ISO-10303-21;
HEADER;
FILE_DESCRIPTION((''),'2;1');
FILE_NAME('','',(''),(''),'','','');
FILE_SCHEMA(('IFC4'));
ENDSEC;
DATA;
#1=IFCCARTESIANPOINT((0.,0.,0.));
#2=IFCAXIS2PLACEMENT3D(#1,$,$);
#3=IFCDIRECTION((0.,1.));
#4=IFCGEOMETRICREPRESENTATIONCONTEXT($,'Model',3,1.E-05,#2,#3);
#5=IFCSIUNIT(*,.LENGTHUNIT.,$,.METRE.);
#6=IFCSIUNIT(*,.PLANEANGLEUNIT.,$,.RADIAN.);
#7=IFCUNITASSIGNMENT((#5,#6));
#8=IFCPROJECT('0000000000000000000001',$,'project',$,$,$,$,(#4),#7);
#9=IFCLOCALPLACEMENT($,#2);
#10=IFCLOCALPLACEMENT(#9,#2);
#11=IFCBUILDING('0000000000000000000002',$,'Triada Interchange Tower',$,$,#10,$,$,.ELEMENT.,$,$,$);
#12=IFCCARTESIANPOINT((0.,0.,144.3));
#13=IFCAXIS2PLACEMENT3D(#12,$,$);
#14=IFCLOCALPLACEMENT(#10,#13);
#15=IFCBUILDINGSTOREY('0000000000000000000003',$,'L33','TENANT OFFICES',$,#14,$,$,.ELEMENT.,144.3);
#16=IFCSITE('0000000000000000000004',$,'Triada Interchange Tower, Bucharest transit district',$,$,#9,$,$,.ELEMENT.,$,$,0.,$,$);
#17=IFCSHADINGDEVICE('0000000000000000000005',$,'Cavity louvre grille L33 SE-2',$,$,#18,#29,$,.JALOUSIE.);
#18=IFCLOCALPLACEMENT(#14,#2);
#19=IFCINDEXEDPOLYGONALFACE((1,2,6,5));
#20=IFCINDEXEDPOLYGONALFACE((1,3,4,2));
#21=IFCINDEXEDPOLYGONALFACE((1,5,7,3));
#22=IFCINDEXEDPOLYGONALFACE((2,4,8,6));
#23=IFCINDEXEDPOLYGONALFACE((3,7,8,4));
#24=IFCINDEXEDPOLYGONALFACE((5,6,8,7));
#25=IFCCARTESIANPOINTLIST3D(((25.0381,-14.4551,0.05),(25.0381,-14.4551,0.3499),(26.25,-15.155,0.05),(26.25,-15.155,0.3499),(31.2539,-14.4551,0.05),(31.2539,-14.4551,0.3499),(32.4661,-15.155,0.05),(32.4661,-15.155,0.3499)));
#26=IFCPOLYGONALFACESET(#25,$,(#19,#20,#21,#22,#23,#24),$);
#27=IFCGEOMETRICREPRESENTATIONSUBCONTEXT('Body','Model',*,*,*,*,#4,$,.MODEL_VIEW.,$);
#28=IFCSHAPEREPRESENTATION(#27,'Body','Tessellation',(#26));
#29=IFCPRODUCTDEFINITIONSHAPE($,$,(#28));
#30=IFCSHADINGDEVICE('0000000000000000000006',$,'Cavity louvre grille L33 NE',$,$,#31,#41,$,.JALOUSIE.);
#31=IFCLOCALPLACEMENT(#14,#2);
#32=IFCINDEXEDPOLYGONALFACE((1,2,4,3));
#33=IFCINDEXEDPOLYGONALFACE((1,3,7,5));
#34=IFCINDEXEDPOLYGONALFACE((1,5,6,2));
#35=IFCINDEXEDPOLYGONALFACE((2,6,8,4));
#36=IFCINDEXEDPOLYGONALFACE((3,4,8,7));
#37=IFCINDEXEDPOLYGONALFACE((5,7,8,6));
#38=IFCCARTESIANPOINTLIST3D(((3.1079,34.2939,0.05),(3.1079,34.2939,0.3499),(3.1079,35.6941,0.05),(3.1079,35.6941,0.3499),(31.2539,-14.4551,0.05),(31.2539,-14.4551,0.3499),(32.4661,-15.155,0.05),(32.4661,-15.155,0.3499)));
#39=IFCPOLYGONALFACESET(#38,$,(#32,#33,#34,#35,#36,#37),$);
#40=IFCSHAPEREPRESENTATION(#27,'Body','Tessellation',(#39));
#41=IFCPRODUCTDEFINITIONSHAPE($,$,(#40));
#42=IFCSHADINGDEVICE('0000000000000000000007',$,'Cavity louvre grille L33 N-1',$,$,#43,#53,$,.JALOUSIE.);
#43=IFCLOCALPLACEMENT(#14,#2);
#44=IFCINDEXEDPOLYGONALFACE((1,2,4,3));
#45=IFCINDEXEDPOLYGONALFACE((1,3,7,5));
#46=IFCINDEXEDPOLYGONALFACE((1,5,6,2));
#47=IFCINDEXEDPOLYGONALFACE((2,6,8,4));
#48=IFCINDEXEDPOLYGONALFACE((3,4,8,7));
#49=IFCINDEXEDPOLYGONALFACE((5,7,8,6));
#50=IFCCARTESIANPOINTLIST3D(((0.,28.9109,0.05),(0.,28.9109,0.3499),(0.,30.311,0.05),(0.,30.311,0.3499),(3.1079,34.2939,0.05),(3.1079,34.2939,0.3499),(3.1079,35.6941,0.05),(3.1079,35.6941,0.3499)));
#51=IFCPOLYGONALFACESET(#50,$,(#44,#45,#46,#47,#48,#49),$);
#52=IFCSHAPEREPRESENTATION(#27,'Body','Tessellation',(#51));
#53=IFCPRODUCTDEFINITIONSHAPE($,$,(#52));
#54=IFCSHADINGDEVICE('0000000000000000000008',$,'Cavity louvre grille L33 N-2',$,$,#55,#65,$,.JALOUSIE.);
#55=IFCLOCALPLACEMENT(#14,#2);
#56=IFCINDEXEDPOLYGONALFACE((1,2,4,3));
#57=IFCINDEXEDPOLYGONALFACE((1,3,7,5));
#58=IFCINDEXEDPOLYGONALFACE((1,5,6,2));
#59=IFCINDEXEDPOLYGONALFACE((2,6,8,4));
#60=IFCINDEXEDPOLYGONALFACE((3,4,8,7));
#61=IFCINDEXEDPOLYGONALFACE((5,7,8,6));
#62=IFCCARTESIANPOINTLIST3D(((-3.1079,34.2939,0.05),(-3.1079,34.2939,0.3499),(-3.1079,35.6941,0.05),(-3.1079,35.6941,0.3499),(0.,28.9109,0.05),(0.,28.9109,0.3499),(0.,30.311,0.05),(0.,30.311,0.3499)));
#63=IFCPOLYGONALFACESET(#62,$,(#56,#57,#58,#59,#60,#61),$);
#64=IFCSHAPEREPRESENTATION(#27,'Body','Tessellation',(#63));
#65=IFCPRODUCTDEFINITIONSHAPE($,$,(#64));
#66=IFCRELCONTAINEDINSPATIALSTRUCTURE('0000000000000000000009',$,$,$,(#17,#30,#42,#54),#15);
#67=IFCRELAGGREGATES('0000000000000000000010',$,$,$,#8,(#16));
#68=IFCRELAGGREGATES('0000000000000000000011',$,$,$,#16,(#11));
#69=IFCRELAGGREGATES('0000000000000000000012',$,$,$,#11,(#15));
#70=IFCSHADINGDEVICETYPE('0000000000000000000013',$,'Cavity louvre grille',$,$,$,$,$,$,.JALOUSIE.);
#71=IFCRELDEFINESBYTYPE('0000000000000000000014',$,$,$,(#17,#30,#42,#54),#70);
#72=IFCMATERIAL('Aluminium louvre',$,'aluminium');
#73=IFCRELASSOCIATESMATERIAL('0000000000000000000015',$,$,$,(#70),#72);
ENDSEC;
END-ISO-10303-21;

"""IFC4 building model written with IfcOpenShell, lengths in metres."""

from ifc_helpers import new_model, si_unit, direction, frame, origin, place, context, subcontext, project, spatial, polyline, outline, extrude, material, type_object, element, save


model = new_model("IFC4")

# Units and contexts
model_context = context("Model", 3, precision=1e-05, world=origin(), true_north=direction((0.0, 1.0)))
body_context = subcontext(model_context, "Body", "Model", "MODEL_VIEW")
ifc_project = project(units=[si_unit("LENGTHUNIT", "METRE"), si_unit("PLANEANGLEUNIT", "RADIAN")], contexts=[model_context])

# Site, building, storey
site_placement = place(None, origin())
site = spatial("IfcSite", under=ifc_project, at=site_placement, Name="Triada Interchange Tower, Bucharest transit district", CompositionType="ELEMENT", RefElevation=0.0)
building_placement = place(site_placement, origin())
building = spatial("IfcBuilding", under=site, at=building_placement, Name="Triada Interchange Tower", CompositionType="ELEMENT")
storey_placement = place(building_placement, frame((0.0, 0.0, 144.3)))
storey = spatial("IfcBuildingStorey", under=building, at=storey_placement, Name="L33", Description="TENANT OFFICES", CompositionType="ELEMENT", Elevation=144.3)

# Shading devices
ifc_material_1 = material(Name="Aluminium louvre", Category="aluminium")
shading_device_type = type_object("IfcShadingDeviceType", Name="Cavity louvre grille", PredefinedType="JALOUSIE", material=ifc_material_1)
shading_device_1_placement = place(storey_placement, frame((0.0, 0.0, 0.05)))
element("IfcShadingDevice", 1, at=shading_device_1_placement, inside=storey, type_object=shading_device_type, Name="Cavity louvre grille L33 SE-2", PredefinedType="JALOUSIE", context=body_context, shape_type="SweptSolid", body=[
    extrude(outline(polyline([(25.0381, -14.4551), (26.25, -15.155), (32.4661, -15.155), (31.2539, -14.4551), (25.0381, -14.4551)])), origin(), (0.0, 0.0, 1.0), 0.2998),
])
shading_device_2_placement = place(storey_placement, frame((0.0, 0.0, 0.05)))
element("IfcShadingDevice", 2, at=shading_device_2_placement, inside=storey, type_object=shading_device_type, Name="Cavity louvre grille L33 NE", PredefinedType="JALOUSIE", context=body_context, shape_type="SweptSolid", body=[
    extrude(outline(polyline([(31.2539, -14.4551), (32.4661, -15.155), (3.1079, 35.6941), (3.1079, 34.2939), (31.2539, -14.4551)])), origin(), (0.0, 0.0, 1.0), 0.2998),
])
shading_device_3_placement = place(storey_placement, frame((0.0, 0.0, 0.05)))
element("IfcShadingDevice", 3, at=shading_device_3_placement, inside=storey, type_object=shading_device_type, Name="Cavity louvre grille L33 N-1", PredefinedType="JALOUSIE", context=body_context, shape_type="SweptSolid", body=[
    extrude(outline(polyline([(3.1079, 34.2939), (3.1079, 35.6941), (0.0, 30.311), (0.0, 28.9109), (3.1079, 34.2939)])), origin(), (0.0, 0.0, 1.0), 0.2998),
])
shading_device_4_placement = place(storey_placement, frame((0.0, 0.0, 0.05)))
element("IfcShadingDevice", 4, at=shading_device_4_placement, inside=storey, type_object=shading_device_type, Name="Cavity louvre grille L33 N-2", PredefinedType="JALOUSIE", context=body_context, shape_type="SweptSolid", body=[
    extrude(outline(polyline([(0.0, 28.9109), (0.0, 30.311), (-3.1079, 35.6941), (-3.1079, 34.2939), (0.0, 28.9109)])), origin(), (0.0, 0.0, 1.0), 0.2998),
])

save(model, "model.ifc")
